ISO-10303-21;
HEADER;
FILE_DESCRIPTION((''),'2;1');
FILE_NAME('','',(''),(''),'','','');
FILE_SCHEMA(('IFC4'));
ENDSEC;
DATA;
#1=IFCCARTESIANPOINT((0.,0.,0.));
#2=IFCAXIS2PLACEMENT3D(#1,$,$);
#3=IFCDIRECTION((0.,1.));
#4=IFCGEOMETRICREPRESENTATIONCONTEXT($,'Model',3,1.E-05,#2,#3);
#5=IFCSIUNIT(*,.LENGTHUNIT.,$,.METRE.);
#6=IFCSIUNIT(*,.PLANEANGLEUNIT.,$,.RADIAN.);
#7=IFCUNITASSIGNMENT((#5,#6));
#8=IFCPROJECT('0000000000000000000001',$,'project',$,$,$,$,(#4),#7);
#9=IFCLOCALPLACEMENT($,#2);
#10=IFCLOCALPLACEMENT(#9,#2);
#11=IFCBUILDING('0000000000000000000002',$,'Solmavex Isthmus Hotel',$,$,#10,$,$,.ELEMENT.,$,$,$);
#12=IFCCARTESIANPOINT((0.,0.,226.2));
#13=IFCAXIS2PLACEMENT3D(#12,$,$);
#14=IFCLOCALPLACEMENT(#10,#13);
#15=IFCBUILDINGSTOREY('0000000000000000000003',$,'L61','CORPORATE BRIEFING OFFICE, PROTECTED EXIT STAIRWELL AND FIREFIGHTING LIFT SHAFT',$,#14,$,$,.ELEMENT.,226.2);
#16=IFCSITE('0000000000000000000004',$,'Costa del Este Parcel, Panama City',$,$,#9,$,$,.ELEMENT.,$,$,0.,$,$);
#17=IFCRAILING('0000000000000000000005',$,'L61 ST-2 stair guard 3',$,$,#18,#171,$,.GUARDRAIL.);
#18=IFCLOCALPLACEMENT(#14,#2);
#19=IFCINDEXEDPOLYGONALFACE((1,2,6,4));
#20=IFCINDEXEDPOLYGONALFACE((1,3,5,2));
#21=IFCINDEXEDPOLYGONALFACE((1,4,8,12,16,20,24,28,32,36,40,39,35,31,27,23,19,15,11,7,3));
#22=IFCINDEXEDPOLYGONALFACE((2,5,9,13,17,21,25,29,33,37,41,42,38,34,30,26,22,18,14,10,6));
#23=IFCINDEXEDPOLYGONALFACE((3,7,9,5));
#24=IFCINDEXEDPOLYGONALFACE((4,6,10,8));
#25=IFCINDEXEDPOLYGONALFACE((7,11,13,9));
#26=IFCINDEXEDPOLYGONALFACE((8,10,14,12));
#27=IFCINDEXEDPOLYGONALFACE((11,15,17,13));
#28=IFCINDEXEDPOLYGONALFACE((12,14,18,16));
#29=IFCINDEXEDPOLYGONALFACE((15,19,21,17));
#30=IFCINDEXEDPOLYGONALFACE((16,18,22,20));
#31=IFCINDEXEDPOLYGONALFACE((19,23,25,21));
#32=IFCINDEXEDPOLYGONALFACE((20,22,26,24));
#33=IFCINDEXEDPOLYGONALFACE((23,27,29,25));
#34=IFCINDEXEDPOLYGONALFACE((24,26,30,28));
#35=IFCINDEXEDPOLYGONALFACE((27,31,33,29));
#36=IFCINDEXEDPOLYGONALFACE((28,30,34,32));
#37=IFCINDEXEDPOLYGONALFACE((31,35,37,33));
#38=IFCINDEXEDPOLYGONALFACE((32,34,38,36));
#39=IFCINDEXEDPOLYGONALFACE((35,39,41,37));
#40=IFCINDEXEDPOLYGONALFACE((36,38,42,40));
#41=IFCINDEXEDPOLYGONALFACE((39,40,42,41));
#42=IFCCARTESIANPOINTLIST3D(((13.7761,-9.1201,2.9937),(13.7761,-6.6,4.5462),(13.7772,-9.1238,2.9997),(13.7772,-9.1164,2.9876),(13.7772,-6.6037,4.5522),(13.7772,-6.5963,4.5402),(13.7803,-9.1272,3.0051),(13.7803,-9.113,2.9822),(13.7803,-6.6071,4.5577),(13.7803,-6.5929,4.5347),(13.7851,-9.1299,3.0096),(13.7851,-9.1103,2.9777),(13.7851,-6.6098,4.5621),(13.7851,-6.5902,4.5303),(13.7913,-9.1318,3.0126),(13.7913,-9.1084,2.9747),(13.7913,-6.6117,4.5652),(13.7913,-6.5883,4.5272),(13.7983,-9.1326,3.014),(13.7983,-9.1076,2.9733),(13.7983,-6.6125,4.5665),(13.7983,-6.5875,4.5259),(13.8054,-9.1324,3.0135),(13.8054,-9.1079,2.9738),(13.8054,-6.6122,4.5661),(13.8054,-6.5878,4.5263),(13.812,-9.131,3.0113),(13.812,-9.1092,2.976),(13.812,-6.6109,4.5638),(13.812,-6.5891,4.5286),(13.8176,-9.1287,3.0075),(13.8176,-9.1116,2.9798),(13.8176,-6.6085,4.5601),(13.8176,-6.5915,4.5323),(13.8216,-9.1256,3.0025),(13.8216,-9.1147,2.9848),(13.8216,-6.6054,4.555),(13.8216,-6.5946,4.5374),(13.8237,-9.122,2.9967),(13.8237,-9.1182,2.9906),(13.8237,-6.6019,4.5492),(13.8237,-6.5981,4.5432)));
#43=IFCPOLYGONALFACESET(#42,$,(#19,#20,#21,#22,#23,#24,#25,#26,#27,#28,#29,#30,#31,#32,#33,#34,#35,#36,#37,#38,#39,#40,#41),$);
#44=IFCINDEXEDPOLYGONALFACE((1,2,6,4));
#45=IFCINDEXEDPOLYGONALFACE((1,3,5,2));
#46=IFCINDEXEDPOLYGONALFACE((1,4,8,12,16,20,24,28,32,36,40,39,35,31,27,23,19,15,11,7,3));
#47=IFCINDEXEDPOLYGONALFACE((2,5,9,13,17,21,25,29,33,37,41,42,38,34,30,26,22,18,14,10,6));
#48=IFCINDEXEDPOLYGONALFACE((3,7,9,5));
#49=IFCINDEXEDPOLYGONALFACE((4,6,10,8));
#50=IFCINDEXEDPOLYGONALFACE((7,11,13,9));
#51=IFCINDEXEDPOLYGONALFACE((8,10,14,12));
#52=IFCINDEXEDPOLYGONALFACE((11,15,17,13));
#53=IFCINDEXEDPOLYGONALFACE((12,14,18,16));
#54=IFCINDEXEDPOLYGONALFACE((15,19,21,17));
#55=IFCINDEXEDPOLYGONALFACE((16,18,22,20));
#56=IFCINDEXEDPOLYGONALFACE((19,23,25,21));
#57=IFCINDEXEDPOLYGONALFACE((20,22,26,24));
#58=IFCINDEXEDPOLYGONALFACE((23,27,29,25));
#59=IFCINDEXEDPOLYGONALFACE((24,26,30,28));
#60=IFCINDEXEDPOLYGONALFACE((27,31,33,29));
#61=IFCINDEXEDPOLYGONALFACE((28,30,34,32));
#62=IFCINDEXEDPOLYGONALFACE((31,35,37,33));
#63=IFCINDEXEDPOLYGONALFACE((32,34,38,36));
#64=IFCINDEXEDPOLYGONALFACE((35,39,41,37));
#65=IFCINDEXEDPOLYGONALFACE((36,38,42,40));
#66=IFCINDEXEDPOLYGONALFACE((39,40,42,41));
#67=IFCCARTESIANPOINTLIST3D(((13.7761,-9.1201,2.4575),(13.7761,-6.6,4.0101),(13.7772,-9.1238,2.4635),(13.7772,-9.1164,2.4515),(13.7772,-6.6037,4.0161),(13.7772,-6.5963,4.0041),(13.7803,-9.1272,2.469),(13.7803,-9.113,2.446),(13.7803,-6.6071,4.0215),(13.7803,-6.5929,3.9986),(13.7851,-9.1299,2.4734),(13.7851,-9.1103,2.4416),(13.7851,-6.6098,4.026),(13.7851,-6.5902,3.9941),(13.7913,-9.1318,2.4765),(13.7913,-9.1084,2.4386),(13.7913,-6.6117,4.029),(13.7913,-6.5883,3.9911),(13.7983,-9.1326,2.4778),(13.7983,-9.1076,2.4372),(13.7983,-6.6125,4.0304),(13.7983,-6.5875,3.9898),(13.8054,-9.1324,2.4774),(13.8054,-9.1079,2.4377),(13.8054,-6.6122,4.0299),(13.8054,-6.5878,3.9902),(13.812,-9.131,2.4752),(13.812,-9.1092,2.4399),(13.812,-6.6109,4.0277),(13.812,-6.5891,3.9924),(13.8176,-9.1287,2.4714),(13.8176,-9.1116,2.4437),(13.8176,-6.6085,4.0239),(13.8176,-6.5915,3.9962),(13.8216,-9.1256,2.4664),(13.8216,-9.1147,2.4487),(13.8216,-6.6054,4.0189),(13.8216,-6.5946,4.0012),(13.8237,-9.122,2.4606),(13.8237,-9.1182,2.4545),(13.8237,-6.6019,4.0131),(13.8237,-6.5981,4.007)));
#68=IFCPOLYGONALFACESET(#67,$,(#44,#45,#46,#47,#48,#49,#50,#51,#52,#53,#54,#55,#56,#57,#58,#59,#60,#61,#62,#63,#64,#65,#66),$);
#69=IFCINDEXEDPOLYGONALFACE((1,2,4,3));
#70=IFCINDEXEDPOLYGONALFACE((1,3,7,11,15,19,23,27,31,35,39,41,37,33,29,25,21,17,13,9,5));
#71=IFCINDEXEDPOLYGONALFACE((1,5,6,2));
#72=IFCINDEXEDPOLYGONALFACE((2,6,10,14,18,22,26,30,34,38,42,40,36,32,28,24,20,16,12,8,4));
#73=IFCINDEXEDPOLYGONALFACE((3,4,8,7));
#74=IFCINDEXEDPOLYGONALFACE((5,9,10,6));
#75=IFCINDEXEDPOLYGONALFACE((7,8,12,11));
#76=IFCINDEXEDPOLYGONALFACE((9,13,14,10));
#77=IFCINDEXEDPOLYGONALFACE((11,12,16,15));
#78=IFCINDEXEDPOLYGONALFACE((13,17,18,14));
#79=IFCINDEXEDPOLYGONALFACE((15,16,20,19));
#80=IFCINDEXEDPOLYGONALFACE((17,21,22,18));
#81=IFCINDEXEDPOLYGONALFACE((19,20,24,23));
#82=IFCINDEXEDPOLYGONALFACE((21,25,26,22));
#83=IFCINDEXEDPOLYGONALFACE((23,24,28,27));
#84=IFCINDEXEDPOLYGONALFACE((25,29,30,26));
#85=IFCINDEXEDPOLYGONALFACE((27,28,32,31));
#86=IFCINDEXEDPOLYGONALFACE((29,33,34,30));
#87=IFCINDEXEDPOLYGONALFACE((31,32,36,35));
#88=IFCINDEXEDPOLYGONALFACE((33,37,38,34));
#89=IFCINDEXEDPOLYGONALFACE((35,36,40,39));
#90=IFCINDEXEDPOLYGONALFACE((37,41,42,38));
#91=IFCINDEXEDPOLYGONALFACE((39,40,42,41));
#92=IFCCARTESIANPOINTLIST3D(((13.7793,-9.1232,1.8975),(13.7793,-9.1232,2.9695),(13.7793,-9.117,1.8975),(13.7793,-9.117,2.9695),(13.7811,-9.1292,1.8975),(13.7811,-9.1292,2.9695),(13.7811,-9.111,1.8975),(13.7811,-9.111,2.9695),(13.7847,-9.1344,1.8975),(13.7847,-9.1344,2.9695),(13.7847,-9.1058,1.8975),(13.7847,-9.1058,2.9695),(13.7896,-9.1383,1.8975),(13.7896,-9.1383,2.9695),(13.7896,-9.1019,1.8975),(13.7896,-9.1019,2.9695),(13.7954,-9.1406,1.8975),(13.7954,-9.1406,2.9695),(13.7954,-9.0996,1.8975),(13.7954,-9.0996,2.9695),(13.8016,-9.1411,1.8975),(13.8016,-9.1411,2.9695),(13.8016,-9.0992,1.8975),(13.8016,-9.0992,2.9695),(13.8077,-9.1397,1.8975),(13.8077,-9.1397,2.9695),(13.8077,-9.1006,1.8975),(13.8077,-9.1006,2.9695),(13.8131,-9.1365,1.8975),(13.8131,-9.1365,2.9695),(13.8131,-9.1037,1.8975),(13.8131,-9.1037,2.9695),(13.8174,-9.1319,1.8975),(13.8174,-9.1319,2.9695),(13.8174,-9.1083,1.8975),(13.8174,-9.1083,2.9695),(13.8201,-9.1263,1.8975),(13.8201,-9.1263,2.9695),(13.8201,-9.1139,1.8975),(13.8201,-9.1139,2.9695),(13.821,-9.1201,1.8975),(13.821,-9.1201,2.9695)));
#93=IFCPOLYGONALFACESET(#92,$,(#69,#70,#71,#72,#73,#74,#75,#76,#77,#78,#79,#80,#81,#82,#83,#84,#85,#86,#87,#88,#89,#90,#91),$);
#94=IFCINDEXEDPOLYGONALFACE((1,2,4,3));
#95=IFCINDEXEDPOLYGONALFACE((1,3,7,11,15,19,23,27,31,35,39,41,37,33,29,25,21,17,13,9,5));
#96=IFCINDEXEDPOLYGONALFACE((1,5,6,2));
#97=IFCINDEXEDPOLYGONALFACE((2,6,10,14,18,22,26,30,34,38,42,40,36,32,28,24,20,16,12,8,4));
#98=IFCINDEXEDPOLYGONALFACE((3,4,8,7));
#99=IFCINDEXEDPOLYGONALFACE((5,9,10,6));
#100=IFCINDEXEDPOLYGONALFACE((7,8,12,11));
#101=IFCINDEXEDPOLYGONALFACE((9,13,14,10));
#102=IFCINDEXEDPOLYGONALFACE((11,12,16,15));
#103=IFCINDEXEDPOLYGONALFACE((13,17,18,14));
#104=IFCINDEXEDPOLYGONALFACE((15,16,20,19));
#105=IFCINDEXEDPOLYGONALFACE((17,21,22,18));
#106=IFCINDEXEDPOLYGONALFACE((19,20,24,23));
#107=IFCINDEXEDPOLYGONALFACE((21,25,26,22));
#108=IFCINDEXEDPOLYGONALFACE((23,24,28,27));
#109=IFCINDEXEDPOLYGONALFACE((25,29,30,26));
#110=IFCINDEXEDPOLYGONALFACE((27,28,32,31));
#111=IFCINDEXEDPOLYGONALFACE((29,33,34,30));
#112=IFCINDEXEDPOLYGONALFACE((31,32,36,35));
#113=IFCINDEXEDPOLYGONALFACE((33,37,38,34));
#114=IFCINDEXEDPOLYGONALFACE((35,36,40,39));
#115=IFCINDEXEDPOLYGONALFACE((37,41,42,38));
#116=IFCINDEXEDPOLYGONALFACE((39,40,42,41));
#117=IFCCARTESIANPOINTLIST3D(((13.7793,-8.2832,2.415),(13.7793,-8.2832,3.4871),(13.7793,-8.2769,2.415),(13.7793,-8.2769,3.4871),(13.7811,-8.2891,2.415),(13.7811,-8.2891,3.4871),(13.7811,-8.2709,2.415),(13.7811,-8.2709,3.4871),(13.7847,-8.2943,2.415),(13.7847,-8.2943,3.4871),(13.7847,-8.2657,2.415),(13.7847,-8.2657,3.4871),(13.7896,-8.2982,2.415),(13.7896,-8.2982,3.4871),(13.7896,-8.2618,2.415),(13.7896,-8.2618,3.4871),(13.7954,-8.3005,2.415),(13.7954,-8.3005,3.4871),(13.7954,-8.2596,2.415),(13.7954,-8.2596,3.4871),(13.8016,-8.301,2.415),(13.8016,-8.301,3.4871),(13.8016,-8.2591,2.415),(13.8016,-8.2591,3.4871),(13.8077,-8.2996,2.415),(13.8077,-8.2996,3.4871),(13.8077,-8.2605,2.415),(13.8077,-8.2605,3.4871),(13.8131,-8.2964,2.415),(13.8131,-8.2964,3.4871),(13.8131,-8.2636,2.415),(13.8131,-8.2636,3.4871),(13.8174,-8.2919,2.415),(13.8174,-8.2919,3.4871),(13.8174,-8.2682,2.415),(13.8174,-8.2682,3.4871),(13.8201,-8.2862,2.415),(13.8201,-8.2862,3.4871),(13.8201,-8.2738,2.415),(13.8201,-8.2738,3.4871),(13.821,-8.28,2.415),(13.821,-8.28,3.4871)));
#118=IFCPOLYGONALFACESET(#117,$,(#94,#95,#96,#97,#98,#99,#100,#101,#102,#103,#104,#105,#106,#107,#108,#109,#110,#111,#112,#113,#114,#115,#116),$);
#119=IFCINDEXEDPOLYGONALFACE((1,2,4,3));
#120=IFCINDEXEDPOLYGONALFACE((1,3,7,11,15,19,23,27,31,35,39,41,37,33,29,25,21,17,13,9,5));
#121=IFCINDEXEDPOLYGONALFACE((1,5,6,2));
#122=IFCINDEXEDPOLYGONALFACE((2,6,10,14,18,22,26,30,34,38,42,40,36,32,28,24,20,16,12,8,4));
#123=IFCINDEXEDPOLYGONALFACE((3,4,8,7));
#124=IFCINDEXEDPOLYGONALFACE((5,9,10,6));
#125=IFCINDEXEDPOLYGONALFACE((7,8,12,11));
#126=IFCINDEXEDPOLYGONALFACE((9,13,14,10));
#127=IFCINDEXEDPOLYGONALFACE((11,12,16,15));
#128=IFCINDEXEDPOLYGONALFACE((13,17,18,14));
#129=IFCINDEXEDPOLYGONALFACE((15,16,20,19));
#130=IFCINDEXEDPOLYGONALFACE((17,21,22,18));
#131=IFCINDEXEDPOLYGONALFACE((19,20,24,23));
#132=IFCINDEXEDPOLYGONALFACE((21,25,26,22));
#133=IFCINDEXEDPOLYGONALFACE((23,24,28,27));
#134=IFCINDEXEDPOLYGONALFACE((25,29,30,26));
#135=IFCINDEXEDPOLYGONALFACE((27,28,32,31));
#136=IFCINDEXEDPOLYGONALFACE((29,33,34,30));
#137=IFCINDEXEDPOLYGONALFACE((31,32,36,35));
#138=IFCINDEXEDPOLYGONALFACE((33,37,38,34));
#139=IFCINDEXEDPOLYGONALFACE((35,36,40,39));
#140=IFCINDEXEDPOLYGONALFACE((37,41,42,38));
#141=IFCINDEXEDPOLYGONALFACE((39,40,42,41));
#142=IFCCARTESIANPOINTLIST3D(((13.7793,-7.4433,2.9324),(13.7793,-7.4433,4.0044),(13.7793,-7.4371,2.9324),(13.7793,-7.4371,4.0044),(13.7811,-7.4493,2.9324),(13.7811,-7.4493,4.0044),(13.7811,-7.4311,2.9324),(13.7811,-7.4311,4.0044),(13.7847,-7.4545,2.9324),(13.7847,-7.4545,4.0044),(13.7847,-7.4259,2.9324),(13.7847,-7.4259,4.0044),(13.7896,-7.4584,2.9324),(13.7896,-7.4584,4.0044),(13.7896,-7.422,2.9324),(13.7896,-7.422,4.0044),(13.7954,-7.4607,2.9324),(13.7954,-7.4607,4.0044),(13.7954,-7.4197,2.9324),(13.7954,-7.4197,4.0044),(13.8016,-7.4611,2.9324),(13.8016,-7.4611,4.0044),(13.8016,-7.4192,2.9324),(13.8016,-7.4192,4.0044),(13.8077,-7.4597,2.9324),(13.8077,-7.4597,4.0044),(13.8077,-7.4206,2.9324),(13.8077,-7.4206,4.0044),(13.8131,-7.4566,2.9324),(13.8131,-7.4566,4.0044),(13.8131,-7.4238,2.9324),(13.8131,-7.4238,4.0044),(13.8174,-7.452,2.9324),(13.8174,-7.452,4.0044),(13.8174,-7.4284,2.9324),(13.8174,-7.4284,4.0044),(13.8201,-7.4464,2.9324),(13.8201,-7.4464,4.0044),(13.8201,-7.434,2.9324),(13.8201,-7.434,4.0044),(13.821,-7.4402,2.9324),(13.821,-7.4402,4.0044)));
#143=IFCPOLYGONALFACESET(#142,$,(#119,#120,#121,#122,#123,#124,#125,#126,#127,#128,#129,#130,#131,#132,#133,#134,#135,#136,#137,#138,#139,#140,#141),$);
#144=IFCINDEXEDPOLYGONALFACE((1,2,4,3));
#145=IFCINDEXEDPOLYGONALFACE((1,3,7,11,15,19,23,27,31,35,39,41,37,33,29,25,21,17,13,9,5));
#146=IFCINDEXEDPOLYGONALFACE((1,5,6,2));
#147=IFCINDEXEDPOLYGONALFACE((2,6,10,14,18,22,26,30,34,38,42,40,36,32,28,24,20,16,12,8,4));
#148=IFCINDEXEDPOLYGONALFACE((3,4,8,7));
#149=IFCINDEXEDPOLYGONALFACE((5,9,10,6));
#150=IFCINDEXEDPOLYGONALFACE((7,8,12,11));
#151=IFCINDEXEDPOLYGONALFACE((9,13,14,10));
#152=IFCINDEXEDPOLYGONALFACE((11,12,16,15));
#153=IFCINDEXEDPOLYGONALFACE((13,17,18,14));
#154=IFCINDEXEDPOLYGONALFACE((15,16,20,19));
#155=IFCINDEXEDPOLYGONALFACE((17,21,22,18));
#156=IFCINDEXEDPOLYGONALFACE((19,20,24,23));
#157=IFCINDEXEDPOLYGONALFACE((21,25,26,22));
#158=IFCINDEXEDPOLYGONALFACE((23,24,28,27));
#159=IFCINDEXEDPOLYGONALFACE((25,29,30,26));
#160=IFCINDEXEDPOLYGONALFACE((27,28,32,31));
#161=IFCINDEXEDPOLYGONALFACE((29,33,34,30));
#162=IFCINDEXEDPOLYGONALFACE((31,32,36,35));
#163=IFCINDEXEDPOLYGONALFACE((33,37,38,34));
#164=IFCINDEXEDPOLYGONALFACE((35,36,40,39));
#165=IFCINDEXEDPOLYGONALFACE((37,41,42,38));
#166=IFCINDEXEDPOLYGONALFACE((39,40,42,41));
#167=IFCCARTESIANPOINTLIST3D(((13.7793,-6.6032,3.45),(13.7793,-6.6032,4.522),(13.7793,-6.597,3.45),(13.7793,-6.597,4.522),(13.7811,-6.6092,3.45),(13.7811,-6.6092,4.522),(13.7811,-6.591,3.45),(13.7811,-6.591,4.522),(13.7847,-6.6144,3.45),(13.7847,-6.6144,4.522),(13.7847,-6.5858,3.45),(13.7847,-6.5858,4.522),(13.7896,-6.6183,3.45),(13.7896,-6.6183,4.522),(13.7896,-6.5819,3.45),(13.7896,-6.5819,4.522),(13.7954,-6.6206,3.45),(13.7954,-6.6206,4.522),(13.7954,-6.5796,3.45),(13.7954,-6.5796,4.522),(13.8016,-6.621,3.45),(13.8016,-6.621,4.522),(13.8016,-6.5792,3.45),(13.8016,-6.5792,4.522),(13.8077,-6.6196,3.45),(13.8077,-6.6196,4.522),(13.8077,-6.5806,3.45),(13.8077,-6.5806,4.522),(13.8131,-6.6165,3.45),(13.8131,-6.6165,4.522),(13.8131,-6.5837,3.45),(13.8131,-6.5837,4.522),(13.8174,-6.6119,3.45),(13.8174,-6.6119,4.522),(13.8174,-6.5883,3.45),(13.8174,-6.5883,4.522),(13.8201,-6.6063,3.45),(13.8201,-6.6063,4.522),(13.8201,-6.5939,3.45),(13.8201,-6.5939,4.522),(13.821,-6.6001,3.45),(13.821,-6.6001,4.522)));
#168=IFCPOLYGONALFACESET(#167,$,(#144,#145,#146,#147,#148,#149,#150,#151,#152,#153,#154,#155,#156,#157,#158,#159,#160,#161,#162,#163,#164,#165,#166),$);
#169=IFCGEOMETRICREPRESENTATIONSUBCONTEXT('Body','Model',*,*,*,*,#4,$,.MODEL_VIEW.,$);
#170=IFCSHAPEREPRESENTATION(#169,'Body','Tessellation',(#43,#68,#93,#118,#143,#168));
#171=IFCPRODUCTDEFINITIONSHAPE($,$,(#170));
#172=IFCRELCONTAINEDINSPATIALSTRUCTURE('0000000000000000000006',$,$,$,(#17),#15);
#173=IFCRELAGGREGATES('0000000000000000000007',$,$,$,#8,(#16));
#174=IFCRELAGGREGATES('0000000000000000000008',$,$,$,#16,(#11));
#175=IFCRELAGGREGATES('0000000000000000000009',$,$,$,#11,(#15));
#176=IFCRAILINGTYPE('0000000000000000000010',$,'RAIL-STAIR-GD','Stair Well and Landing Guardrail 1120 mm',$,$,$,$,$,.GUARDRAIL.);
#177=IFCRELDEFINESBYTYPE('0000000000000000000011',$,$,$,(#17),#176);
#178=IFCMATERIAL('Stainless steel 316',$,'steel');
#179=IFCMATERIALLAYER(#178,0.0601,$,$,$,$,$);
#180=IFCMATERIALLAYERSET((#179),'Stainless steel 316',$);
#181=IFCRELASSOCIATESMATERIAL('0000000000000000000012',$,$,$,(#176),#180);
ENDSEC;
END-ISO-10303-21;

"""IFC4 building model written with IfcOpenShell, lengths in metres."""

from ifc_helpers import new_model, si_unit, direction, frame, origin, origin_2d, place, context, subcontext, project, spatial, circle, extrude, material, layer, layer_set, type_object, element, save


model = new_model("IFC4")

# Units and contexts
model_context = context("Model", 3, precision=1e-05, world=origin(), true_north=direction((0.0, 1.0)))
body_context = subcontext(model_context, "Body", "Model", "MODEL_VIEW")
ifc_project = project(units=[si_unit("LENGTHUNIT", "METRE"), si_unit("PLANEANGLEUNIT", "RADIAN")], contexts=[model_context])

# Site, building, storey
site_placement = place(None, origin())
site = spatial("IfcSite", under=ifc_project, at=site_placement, Name="Costa del Este Parcel, Panama City", CompositionType="ELEMENT", RefElevation=0.0)
building_placement = place(site_placement, origin())
building = spatial("IfcBuilding", under=site, at=building_placement, Name="Solmavex Isthmus Hotel", CompositionType="ELEMENT")
storey_placement = place(building_placement, frame((0.0, 0.0, 226.2)))
storey = spatial("IfcBuildingStorey", under=building, at=storey_placement, Name="L61", Description="CORPORATE BRIEFING OFFICE, PROTECTED EXIT STAIRWELL AND FIREFIGHTING LIFT SHAFT", CompositionType="ELEMENT", Elevation=226.2)

# Railing
ifc_material_1 = material(Name="Stainless steel 316", Category="steel")
ifc_layer_1 = layer(ifc_material_1, 0.0601)
ifc_layer_set_1 = layer_set([ifc_layer_1], Name="Stainless steel 316")
railing_type = type_object("IfcRailingType", Name="RAIL-STAIR-GD", Description="Stair Well and Landing Guardrail 1120 mm", PredefinedType="GUARDRAIL", material=ifc_layer_set_1)
railing_1_placement = place(storey_placement, frame((13.8, -9.1201, 1.8975)))
element("IfcRailing", 1, at=railing_1_placement, inside=storey, type_object=railing_type, Name="L61 ST-2 stair guard 3", PredefinedType="GUARDRAIL", context=body_context, shape_type="SweptSolid", body=[
    extrude(circle(Radius=0.0239, at=origin_2d()), frame((0.0, 0.0, 1.0962), z_axis=(0.0, 0.8514, 0.524516), x_axis=(-1.0, 0.0, 0.0)), (0.0, 0.0, 1.0), 2.96),
    extrude(circle(Radius=0.0239, at=origin_2d()), frame((0.0, 0.0, 0.5601), z_axis=(0.0, 0.8514, 0.524516), x_axis=(-1.0, 0.0, 0.0)), (0.0, 0.0, 1.0), 2.96),
    extrude(circle(Radius=0.021, at=origin_2d()), origin(), (0.0, 0.0, 1.0), 1.072),
    extrude(circle(Radius=0.021, at=origin_2d()), frame((0.0, 0.8401, 0.5176)), (0.0, 0.0, 1.0), 1.072),
    extrude(circle(Radius=0.021, at=origin_2d()), frame((0.0, 1.6799, 1.0349)), (0.0, 0.0, 1.0), 1.072),
    extrude(circle(Radius=0.021, at=origin_2d()), frame((0.0, 2.52, 1.5525)), (0.0, 0.0, 1.0), 1.072),
])

save(model, "model.ifc")
